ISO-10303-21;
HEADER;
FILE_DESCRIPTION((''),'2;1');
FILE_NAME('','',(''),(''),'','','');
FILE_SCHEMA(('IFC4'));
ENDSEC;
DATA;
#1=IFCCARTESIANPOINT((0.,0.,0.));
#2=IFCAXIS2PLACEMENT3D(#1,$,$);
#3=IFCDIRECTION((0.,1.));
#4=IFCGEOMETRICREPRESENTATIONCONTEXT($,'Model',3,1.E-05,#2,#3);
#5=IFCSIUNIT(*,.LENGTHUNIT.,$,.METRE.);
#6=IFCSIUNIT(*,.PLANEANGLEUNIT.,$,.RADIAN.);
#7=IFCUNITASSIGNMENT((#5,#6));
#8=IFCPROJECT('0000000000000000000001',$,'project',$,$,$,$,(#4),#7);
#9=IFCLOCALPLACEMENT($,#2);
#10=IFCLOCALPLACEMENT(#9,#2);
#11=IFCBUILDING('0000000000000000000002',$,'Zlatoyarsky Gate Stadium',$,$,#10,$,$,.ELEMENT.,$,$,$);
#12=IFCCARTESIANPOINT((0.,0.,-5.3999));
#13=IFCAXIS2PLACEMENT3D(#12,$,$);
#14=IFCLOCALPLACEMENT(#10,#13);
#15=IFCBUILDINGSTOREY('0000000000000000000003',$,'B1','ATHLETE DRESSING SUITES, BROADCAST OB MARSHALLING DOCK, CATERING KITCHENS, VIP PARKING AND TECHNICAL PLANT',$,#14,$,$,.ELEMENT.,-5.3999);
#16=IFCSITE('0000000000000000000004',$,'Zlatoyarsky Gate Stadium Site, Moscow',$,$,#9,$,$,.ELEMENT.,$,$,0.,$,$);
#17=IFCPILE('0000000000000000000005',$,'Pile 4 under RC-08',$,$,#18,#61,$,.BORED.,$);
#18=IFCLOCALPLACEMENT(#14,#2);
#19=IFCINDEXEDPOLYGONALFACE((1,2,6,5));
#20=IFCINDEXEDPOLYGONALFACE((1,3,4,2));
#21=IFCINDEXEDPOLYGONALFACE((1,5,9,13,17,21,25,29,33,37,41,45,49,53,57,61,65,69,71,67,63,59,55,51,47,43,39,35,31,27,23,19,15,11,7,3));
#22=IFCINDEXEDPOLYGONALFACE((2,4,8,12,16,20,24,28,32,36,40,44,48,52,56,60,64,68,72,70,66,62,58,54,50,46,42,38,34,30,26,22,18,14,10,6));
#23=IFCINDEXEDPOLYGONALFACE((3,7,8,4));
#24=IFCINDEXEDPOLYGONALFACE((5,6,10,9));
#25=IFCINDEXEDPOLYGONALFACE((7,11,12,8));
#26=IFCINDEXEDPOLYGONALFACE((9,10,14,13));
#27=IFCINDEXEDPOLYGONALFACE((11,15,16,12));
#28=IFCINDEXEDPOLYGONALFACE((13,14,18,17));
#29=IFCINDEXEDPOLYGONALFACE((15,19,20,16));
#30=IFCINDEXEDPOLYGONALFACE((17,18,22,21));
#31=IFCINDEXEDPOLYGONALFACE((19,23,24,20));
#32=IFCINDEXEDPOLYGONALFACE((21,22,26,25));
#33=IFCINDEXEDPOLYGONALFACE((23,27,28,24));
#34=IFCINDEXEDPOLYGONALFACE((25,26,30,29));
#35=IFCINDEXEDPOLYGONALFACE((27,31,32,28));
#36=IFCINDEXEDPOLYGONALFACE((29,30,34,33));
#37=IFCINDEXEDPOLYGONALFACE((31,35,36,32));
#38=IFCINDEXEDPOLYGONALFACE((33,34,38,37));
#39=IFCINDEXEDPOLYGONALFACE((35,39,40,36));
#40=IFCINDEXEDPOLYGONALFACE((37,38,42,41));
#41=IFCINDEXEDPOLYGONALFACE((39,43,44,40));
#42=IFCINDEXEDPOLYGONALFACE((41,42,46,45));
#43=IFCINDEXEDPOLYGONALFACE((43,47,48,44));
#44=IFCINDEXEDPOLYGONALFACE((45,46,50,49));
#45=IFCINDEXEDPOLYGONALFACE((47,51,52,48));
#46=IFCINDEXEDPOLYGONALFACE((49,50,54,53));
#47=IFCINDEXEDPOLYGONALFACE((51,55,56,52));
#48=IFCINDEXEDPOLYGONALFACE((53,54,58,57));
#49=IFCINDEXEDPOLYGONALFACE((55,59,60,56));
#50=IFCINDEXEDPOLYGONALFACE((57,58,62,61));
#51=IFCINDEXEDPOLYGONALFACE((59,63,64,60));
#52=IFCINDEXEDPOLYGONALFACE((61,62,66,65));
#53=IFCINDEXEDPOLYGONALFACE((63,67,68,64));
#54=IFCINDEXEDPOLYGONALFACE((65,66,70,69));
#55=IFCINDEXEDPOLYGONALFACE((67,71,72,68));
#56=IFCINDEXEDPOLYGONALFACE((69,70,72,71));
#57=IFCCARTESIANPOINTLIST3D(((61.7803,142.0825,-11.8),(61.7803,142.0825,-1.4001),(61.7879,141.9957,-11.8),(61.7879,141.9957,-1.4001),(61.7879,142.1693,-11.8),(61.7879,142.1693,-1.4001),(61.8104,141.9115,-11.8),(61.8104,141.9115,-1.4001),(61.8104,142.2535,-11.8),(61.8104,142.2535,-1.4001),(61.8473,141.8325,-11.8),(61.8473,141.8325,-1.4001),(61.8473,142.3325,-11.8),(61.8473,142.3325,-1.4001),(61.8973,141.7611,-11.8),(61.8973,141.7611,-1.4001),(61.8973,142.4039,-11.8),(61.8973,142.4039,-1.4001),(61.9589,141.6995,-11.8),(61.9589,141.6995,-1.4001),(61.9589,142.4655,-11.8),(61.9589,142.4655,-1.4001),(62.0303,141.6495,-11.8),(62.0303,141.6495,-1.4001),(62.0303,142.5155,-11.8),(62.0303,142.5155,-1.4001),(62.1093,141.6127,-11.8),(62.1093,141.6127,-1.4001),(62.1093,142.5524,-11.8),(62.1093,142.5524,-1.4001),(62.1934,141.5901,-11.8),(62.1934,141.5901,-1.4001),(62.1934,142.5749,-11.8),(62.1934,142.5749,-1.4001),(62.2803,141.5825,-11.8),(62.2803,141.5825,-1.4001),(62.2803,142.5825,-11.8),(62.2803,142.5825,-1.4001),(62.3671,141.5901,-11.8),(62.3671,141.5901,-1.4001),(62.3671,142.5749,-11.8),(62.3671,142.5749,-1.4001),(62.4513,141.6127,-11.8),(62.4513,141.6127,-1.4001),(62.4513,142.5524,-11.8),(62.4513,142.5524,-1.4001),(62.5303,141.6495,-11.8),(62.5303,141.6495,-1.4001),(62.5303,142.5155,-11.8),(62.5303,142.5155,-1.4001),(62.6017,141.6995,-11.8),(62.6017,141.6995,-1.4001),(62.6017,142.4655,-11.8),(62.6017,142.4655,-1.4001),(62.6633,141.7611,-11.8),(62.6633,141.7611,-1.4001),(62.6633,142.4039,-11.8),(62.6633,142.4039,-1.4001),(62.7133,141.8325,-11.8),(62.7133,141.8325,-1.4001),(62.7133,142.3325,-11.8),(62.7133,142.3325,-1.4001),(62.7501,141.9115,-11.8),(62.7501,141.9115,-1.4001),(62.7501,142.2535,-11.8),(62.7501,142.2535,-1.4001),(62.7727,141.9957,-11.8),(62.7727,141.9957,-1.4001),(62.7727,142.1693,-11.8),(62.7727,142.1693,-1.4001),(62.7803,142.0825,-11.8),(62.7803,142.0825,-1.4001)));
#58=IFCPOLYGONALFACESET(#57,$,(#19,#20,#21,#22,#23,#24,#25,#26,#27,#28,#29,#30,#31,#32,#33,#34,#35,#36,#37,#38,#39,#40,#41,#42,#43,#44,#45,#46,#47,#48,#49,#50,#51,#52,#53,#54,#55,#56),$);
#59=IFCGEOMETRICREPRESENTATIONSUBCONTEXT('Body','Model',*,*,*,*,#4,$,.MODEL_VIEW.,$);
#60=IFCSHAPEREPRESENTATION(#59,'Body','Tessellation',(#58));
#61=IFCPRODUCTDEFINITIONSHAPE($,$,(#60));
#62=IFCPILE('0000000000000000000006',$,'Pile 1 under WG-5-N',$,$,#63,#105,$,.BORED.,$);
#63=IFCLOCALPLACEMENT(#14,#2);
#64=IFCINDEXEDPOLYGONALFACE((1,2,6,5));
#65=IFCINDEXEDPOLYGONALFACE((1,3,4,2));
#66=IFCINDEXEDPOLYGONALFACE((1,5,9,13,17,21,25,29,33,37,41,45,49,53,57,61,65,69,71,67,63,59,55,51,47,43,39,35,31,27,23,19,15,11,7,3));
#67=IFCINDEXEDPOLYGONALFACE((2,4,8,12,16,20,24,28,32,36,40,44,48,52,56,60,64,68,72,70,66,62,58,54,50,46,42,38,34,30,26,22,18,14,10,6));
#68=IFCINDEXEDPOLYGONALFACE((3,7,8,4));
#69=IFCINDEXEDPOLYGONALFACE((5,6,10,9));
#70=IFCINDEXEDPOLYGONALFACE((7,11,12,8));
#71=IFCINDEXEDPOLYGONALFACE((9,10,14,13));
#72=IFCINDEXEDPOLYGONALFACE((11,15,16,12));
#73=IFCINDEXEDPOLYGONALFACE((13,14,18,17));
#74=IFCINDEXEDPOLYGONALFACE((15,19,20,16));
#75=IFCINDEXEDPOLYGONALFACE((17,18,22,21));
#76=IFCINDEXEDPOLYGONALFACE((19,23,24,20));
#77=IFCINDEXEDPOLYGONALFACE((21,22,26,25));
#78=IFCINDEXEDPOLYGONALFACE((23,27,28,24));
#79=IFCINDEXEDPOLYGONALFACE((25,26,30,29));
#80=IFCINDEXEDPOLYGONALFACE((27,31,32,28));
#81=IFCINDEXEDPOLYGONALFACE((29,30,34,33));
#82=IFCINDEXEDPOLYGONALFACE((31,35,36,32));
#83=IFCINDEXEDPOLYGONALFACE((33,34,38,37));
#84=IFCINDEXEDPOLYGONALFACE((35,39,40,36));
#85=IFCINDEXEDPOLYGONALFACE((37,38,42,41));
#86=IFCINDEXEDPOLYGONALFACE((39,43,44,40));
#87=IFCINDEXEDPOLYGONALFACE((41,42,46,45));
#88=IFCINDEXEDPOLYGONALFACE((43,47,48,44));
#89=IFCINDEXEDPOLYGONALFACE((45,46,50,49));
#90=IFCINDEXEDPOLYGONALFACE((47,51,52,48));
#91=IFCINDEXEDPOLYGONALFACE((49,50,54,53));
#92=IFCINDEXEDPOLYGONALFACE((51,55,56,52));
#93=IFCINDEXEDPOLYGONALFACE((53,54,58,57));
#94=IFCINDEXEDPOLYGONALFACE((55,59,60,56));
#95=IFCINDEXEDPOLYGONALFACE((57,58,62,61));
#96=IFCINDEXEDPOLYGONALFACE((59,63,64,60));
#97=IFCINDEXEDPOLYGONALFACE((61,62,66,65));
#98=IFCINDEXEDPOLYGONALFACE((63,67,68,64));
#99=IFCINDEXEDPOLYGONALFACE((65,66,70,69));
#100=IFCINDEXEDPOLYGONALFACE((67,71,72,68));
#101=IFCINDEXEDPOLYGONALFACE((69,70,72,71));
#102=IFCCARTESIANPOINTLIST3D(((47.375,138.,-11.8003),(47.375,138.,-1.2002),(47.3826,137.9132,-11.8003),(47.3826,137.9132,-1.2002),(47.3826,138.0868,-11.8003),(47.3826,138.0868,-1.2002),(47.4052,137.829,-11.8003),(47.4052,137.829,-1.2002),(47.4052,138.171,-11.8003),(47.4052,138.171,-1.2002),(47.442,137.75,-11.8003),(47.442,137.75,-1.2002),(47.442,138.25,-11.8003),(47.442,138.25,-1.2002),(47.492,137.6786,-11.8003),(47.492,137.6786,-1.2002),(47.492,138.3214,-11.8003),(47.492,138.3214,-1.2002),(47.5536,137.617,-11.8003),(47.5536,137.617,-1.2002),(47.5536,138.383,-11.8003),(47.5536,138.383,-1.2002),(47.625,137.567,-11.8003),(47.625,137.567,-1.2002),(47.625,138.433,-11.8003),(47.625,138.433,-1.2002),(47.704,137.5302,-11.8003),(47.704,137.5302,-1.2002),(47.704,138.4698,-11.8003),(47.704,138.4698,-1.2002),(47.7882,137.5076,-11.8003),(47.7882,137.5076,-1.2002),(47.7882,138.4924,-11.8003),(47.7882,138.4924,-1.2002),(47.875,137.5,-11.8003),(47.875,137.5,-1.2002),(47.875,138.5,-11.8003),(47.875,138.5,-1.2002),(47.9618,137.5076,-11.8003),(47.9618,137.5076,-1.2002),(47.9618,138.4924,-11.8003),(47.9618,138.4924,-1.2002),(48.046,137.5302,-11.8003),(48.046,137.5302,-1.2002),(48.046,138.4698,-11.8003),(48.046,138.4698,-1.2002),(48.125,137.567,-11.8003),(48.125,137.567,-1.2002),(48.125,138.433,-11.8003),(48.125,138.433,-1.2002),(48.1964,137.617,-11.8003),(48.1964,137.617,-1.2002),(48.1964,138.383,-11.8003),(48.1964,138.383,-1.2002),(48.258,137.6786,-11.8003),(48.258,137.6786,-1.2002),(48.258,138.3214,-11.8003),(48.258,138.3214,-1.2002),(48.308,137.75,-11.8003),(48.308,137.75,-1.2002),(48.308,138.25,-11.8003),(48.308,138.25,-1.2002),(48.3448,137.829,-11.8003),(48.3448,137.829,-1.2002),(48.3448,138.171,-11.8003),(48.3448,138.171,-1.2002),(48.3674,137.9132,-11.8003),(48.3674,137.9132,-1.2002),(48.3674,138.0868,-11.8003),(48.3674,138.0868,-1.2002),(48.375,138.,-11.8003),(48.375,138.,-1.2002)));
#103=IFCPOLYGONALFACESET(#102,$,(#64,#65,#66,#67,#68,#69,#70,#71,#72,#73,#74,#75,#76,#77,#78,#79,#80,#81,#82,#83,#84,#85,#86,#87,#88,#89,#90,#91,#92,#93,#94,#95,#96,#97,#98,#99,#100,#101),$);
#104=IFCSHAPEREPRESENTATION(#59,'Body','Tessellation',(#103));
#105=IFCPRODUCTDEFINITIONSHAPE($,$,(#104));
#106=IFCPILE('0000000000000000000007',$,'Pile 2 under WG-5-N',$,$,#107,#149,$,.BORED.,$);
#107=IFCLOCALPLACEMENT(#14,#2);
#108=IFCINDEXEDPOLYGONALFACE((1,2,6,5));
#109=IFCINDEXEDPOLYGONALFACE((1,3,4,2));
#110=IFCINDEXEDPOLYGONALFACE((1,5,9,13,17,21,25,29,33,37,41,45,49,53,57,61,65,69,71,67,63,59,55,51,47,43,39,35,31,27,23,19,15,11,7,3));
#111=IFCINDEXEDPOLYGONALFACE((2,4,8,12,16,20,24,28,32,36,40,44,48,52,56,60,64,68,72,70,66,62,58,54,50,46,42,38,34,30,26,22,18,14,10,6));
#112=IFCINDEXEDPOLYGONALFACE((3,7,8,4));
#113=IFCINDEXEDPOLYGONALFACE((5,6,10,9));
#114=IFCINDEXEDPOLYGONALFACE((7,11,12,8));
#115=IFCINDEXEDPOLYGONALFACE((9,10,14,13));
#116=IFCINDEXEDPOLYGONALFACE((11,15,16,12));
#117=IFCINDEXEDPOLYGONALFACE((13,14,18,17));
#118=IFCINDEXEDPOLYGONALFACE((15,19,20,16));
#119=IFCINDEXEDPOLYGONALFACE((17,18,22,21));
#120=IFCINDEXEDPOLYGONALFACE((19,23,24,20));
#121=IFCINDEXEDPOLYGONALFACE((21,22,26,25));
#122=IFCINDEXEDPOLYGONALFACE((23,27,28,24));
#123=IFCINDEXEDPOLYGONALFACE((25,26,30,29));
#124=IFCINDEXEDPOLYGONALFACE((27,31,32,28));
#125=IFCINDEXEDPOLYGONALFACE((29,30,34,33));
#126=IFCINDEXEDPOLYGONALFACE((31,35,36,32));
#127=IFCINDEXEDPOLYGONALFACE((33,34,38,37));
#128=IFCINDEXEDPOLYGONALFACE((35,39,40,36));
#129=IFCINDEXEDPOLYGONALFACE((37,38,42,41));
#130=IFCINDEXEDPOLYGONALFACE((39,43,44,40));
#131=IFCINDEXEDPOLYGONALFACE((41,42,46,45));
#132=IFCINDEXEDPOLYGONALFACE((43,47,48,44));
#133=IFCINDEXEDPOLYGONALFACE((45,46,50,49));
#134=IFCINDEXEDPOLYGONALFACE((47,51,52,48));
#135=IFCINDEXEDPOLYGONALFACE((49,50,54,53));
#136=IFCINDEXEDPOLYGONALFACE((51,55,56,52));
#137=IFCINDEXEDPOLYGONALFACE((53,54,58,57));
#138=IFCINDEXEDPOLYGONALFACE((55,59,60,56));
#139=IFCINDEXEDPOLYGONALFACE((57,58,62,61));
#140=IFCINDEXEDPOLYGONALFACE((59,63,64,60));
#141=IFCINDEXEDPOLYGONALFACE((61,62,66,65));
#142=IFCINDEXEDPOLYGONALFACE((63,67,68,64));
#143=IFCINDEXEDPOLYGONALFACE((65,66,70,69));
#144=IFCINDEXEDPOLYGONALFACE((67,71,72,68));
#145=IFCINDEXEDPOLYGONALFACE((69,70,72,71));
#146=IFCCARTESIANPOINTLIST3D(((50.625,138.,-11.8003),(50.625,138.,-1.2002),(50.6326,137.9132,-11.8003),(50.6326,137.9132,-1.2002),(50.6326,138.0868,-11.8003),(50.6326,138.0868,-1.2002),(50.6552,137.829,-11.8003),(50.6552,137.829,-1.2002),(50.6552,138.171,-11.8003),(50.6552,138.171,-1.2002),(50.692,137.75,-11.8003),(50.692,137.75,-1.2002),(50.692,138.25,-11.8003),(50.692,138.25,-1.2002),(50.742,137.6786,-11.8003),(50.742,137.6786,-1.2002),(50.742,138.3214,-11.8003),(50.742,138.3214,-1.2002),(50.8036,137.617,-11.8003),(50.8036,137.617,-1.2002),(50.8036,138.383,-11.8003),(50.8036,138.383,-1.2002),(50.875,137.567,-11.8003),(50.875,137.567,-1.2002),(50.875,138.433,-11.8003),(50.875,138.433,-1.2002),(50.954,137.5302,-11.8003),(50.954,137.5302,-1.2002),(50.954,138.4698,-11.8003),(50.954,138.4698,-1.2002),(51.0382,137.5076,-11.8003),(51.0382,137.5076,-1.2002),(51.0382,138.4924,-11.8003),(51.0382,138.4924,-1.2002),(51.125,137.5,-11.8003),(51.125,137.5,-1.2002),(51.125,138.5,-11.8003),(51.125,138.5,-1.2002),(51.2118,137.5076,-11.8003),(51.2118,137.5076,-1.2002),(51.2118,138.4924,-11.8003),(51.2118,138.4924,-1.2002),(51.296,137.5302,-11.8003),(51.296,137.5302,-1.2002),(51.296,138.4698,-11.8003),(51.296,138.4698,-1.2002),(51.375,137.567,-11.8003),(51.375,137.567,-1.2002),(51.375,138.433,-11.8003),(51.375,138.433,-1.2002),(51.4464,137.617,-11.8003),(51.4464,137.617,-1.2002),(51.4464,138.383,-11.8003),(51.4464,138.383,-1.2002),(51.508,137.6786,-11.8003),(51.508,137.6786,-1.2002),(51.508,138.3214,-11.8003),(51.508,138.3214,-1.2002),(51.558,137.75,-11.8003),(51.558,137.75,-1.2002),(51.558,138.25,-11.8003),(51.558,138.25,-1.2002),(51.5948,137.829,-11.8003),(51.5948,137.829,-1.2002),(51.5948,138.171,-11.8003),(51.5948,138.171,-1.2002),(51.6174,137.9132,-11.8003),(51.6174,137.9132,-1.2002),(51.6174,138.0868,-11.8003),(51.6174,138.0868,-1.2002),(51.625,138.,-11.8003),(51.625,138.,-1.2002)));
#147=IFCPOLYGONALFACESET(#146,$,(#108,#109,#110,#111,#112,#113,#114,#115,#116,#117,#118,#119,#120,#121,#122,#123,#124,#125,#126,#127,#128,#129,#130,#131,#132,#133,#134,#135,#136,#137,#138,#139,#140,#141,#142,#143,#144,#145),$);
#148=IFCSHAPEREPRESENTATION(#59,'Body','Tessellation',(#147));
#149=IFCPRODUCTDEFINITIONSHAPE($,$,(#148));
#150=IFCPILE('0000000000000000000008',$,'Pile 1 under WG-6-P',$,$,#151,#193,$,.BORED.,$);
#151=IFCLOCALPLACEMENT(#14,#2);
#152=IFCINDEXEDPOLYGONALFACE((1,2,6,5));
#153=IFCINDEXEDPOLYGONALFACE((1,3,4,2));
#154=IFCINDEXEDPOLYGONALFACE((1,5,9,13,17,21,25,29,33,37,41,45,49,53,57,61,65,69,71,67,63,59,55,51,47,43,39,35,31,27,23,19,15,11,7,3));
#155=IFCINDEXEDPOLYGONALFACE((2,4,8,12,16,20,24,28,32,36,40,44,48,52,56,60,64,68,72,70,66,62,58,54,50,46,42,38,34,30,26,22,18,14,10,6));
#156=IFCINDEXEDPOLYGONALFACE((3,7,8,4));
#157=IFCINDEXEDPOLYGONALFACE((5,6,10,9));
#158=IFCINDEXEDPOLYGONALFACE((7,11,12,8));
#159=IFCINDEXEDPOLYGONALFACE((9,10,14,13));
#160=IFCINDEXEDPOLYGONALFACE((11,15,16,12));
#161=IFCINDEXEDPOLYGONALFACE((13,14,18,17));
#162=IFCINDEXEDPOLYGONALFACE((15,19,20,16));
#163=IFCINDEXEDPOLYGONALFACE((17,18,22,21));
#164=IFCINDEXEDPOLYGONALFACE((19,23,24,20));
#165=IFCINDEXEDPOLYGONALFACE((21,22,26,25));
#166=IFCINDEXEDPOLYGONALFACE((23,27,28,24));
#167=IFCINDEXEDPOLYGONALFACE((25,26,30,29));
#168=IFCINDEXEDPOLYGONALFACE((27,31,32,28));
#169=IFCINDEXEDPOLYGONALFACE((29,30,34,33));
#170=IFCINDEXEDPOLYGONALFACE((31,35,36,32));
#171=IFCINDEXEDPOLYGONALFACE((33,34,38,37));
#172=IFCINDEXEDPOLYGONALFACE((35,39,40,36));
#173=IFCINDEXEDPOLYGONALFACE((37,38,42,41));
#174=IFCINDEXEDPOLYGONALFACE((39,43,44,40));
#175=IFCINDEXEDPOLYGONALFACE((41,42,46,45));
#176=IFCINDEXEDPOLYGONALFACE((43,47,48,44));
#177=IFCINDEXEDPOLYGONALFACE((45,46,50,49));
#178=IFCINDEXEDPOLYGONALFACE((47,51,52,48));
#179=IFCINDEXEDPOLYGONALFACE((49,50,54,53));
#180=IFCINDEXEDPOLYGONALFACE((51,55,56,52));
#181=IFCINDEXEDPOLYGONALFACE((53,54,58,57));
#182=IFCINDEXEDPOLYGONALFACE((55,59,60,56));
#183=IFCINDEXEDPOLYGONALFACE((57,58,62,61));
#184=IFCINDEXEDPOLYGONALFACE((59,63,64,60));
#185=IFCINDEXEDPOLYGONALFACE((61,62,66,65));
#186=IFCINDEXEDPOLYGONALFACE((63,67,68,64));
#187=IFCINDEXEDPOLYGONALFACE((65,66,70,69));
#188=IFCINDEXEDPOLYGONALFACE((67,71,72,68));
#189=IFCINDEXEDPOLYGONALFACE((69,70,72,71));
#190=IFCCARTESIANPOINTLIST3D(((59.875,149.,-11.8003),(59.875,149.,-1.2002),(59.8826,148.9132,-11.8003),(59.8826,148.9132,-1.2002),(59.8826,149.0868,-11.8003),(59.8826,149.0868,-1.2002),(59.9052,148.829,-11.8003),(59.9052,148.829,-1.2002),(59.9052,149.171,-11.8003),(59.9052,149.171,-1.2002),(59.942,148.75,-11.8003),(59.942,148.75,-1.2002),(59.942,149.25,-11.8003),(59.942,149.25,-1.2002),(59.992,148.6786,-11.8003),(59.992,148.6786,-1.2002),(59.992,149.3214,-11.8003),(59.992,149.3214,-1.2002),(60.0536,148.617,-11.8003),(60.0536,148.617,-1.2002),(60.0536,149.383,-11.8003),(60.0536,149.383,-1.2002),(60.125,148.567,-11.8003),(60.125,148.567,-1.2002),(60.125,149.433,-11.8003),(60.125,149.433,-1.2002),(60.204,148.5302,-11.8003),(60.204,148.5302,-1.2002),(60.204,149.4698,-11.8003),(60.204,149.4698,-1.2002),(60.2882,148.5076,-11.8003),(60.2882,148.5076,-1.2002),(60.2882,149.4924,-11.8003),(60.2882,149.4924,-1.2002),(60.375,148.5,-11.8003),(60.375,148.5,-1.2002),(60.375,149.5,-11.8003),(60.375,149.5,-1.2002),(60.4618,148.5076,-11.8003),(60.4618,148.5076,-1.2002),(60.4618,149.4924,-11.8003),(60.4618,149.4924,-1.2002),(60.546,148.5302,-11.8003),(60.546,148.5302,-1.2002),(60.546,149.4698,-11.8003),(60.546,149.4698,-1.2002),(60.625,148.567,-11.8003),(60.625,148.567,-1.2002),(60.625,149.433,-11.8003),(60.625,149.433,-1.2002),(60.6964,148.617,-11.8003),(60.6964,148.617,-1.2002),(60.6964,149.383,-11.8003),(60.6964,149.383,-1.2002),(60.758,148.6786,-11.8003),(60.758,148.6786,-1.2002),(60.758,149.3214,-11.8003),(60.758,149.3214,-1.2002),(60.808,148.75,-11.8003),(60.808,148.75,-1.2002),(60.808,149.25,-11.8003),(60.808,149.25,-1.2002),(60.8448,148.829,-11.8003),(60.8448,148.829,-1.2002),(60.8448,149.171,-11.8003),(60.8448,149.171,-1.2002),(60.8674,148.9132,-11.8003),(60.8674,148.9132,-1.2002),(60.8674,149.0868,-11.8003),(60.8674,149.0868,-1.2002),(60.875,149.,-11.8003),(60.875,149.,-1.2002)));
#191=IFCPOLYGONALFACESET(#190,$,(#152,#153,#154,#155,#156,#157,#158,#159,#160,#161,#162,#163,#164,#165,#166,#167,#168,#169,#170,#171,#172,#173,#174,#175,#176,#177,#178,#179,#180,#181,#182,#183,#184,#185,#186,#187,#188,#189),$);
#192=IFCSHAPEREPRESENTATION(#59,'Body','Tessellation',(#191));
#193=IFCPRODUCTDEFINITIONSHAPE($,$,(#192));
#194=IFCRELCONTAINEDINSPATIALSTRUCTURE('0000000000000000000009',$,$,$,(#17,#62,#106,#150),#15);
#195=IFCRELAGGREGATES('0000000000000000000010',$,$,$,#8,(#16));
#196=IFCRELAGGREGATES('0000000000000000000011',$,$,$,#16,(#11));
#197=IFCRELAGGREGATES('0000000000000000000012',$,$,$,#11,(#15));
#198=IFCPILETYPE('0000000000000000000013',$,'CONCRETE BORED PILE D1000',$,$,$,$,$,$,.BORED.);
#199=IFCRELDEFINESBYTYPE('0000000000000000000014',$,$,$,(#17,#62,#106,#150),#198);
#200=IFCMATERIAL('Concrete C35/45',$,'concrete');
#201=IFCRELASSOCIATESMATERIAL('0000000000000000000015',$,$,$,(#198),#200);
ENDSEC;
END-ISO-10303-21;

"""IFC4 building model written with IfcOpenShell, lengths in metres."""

from ifc_helpers import new_model, si_unit, direction, frame, origin, origin_2d, place, context, subcontext, project, spatial, circle, extrude, material, material_profile, profile_set, type_object, element, save


model = new_model("IFC4")

# Units and contexts
model_context = context("Model", 3, precision=1e-05, world=origin(), true_north=direction((0.0, 1.0)))
body_context = subcontext(model_context, "Body", "Model", "MODEL_VIEW")
ifc_project = project(units=[si_unit("LENGTHUNIT", "METRE"), si_unit("PLANEANGLEUNIT", "RADIAN")], contexts=[model_context])

# Site, building, storey
site_placement = place(None, origin())
site = spatial("IfcSite", under=ifc_project, at=site_placement, Name="Zlatoyarsky Gate Stadium Site, Moscow", CompositionType="ELEMENT", RefElevation=0.0)
building_placement = place(site_placement, origin())
building = spatial("IfcBuilding", under=site, at=building_placement, Name="Zlatoyarsky Gate Stadium", CompositionType="ELEMENT")
storey_placement = place(building_placement, frame((0.0, 0.0, -5.3999)))
storey = spatial("IfcBuildingStorey", under=building, at=storey_placement, Name="B1", Description="ATHLETE DRESSING SUITES, BROADCAST OB MARSHALLING DOCK, CATERING KITCHENS, VIP PARKING AND TECHNICAL PLANT", CompositionType="ELEMENT", Elevation=-5.3999)

# Piles
ifc_material_1 = material(Name="Concrete C35/45", Category="concrete")
ifc_material_profile_1 = material_profile(ifc_material_1, circle(Radius=0.5, at=origin_2d()), Name="BORED PILE D1000")
ifc_profile_set_1 = profile_set([ifc_material_profile_1], Name="Concrete C35/45")
pile_type_1 = type_object("IfcPileType", Name="CONCRETE BORED PILE D1000", PredefinedType="BORED", material=ifc_profile_set_1)
pile_placement = place(storey_placement, frame((62.2803, 142.0825, -1.4001), z_axis=(0.0, 0.0, -1.0), x_axis=(1.0, 0.0, 0.0)))
element("IfcPile", 1, at=pile_placement, inside=storey, type_object=pile_type_1, Name="Pile 4 under RC-08", PredefinedType="BORED", context=body_context, shape_type="SweptSolid", body=[
    extrude(circle(Radius=0.5, at=origin_2d()), origin(), (0.0, 0.0, 1.0), 10.3999),
])
for number, where, z_axis, x_axis, name in (
    (2, (47.875, 138.0, -1.2002), (0.0, 0.0, -1.0), (1.0, 0.0, 0.0), "Pile 1 under WG-5-N"),
    (3, (51.125, 138.0, -1.2002), (0.0, 0.0, -1.0), (1.0, 0.0, 0.0), "Pile 2 under WG-5-N"),
    (4, (60.375, 149.0, -1.2002), (0.0, 0.0, -1.0), (1.0, 0.0, 0.0), "Pile 1 under WG-6-P"),
):
    element("IfcPile", number, at=place(storey_placement, frame(where, z_axis=z_axis, x_axis=x_axis)), inside=storey, type_object=pile_type_1, Name=name, PredefinedType="BORED", context=body_context, shape_type="SweptSolid", body=[
        extrude(circle(Radius=0.5, at=origin_2d()), origin(), (0.0, 0.0, 1.0), 10.6001),
    ])

save(model, "model.ifc")
